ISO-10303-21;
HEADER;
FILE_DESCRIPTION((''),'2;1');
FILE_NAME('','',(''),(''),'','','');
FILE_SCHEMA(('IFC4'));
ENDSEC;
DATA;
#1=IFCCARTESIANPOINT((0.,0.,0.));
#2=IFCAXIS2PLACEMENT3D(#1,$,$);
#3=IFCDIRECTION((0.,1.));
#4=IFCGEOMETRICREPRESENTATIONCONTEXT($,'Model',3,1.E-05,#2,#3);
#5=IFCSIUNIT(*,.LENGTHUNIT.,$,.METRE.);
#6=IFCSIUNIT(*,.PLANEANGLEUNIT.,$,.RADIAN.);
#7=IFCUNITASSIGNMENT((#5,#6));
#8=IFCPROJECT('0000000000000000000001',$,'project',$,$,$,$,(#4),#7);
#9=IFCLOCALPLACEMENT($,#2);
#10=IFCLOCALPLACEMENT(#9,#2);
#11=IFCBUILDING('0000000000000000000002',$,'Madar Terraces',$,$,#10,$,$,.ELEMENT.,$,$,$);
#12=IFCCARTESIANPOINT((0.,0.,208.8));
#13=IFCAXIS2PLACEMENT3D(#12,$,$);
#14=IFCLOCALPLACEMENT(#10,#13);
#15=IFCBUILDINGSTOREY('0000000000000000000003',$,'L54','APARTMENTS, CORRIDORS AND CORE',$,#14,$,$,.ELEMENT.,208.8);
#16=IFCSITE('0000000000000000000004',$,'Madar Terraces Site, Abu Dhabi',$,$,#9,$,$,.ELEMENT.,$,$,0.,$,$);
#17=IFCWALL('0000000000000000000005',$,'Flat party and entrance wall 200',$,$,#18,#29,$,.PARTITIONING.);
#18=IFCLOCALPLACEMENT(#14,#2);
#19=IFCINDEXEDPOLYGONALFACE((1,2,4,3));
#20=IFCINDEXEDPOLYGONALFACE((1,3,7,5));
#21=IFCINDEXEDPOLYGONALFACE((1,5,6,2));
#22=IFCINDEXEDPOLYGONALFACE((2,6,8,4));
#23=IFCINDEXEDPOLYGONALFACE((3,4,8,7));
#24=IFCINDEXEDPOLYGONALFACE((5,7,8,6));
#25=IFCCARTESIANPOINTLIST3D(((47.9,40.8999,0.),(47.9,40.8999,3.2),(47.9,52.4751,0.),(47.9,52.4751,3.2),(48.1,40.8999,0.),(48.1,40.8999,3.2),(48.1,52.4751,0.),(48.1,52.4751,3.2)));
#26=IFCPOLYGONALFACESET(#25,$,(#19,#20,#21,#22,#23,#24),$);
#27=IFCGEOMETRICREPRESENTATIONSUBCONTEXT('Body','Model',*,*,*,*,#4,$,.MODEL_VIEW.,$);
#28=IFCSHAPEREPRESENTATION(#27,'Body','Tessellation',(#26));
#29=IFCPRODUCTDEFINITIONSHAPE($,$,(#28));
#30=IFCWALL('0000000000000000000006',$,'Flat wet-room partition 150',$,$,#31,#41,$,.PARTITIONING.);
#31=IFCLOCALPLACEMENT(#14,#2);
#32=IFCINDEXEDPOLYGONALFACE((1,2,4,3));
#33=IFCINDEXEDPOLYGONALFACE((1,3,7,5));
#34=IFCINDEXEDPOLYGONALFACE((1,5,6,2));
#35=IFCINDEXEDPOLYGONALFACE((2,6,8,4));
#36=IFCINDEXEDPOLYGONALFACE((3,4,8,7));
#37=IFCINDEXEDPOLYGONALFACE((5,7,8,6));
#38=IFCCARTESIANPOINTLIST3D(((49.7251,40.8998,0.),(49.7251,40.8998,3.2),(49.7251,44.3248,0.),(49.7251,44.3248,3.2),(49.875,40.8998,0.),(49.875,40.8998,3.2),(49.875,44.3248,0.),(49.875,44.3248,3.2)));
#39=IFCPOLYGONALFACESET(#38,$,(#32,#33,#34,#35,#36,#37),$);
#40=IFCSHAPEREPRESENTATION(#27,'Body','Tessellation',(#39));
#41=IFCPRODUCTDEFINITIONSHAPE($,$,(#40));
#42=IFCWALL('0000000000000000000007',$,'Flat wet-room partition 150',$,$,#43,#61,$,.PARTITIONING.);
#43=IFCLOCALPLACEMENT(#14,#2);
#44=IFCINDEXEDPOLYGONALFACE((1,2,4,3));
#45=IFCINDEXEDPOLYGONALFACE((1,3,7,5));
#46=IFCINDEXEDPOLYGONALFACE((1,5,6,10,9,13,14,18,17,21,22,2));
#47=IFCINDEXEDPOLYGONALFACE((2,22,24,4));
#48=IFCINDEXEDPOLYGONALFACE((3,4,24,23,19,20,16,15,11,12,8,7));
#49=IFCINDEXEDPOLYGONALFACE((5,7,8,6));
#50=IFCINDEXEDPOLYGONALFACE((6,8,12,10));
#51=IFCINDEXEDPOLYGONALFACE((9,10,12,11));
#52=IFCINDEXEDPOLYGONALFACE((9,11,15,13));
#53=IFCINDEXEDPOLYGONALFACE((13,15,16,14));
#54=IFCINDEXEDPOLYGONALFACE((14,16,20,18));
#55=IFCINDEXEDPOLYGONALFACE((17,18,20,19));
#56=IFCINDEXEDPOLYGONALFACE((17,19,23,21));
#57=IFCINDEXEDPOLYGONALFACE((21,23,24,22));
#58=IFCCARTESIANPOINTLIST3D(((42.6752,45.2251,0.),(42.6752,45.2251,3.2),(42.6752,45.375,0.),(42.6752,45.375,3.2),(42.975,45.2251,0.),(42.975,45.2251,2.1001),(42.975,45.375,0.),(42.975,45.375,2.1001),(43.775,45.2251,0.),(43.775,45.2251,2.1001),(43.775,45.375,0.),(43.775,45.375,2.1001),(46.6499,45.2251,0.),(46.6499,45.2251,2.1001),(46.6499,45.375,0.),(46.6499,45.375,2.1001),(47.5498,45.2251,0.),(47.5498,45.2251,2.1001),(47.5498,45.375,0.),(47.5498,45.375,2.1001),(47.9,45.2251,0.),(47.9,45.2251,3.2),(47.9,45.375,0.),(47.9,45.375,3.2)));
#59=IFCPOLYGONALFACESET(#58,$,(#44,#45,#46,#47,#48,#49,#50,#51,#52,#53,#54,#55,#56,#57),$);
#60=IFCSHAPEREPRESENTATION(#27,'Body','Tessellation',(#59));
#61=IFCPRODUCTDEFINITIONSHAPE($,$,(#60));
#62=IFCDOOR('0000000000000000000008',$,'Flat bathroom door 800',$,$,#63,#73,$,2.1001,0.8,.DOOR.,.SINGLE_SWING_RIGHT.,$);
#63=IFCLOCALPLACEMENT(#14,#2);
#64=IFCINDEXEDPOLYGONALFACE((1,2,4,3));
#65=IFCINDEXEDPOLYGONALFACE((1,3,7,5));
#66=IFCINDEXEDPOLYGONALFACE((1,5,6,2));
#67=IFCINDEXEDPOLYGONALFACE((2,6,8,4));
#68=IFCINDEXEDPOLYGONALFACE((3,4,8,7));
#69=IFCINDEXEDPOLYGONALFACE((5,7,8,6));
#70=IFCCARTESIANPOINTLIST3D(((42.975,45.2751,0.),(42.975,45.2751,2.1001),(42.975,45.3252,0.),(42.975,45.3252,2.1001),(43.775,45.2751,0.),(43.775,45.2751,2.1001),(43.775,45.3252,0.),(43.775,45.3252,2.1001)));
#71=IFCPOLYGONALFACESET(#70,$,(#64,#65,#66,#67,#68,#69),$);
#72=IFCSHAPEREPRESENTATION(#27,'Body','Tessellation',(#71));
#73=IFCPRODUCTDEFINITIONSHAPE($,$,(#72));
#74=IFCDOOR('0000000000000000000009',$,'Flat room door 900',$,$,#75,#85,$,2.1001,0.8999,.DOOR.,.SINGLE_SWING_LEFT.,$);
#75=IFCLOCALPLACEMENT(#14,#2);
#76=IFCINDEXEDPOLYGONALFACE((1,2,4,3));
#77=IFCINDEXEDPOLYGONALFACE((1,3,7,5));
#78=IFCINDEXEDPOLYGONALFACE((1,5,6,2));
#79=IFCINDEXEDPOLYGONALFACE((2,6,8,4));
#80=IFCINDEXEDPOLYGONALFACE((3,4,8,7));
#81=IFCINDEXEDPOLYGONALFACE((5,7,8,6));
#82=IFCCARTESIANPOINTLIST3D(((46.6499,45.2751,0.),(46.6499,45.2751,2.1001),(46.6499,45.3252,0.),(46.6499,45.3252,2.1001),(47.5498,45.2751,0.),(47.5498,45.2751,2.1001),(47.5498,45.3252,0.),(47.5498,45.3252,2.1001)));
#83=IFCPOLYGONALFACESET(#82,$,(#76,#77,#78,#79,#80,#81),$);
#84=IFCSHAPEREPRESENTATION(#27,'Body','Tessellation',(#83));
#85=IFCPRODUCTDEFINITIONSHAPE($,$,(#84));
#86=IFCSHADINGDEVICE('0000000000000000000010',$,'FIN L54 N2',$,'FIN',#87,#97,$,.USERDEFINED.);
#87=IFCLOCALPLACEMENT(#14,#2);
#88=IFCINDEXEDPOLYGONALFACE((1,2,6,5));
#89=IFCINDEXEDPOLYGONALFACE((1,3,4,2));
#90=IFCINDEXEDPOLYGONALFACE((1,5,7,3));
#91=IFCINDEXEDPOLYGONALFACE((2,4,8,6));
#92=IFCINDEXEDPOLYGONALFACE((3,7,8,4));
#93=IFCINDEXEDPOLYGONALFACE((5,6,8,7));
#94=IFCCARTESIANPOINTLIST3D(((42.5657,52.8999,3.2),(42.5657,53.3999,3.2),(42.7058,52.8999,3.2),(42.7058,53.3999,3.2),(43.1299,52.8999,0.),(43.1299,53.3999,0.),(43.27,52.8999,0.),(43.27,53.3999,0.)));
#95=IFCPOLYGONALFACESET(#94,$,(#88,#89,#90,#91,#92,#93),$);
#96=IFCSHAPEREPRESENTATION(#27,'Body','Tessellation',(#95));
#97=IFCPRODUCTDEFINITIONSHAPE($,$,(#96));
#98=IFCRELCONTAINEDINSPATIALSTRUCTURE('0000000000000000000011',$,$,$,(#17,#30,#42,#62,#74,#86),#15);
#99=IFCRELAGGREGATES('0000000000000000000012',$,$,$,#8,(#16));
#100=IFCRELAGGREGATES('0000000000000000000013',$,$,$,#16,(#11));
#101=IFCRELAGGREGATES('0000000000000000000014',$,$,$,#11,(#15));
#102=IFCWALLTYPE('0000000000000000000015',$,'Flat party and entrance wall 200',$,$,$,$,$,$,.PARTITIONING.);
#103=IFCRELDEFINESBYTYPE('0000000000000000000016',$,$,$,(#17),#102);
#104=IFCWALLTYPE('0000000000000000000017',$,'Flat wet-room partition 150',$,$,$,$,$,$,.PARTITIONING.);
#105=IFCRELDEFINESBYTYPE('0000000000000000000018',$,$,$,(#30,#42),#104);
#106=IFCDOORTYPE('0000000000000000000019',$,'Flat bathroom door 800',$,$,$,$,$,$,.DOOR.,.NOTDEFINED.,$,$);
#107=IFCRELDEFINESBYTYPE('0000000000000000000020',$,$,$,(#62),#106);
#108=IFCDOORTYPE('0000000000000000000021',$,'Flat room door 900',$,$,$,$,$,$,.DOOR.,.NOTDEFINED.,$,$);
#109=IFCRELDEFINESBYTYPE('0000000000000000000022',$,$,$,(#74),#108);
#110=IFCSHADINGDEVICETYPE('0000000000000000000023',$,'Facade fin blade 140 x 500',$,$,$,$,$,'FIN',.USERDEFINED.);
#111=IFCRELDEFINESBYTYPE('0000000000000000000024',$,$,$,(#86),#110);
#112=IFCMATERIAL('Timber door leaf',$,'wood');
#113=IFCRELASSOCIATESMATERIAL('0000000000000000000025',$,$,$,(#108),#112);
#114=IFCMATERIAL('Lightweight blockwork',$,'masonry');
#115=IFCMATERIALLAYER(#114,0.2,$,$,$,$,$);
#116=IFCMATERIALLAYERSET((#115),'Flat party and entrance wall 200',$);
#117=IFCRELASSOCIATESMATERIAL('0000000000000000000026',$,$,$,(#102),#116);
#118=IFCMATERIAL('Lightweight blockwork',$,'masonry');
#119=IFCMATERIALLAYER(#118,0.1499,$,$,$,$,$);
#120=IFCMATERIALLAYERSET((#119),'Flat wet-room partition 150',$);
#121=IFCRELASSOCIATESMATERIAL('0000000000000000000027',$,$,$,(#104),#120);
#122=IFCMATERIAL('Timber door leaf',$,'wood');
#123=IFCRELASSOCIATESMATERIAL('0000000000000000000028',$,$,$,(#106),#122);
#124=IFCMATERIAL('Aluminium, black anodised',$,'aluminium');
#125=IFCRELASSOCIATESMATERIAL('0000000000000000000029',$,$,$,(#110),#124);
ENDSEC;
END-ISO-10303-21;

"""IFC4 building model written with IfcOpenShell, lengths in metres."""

from ifc_helpers import new_model, si_unit, direction, frame, frame_2d, origin, place, context, subcontext, project, spatial, polyline, rectangle, outline, extrude, material, layer, layer_set, type_object, element, fill, save


model = new_model("IFC4")

# Units and contexts
model_context = context("Model", 3, precision=1e-05, world=origin(), true_north=direction((0.0, 1.0)))
body_context = subcontext(model_context, "Body", "Model", "MODEL_VIEW")
ifc_project = project(units=[si_unit("LENGTHUNIT", "METRE"), si_unit("PLANEANGLEUNIT", "RADIAN")], contexts=[model_context])

# Site, building, storey
site_placement = place(None, origin())
site = spatial("IfcSite", under=ifc_project, at=site_placement, Name="Madar Terraces Site, Abu Dhabi", CompositionType="ELEMENT", RefElevation=0.0)
building_placement = place(site_placement, origin())
building = spatial("IfcBuilding", under=site, at=building_placement, Name="Madar Terraces", CompositionType="ELEMENT")
storey_placement = place(building_placement, frame((0.0, 0.0, 208.8)))
storey = spatial("IfcBuildingStorey", under=building, at=storey_placement, Name="L54", Description="APARTMENTS, CORRIDORS AND CORE", CompositionType="ELEMENT", Elevation=208.8)

# Shared definitions
ifc_material_1 = material(Name="Timber door leaf", Category="wood")
door_type_1 = type_object("IfcDoorType", Name="Flat room door 900", OperationType="NOTDEFINED", PredefinedType="DOOR", material=ifc_material_1)

# Walls
ifc_material_2 = material(Name="Lightweight blockwork", Category="masonry")
ifc_layer_1 = layer(ifc_material_2, 0.2)
ifc_layer_set_1 = layer_set([ifc_layer_1], Name="Flat party and entrance wall 200")
wall_type_1 = type_object("IfcWallType", Name="Flat party and entrance wall 200", PredefinedType="PARTITIONING", material=ifc_layer_set_1)
wall_1_placement = place(storey_placement, frame((48.0, 52.4751, 0.0), z_axis=(0.0, 0.0, 1.0), x_axis=(0.0, -1.0, 0.0)))
element("IfcWall", 1, at=wall_1_placement, inside=storey, type_object=wall_type_1, Name="Flat party and entrance wall 200", PredefinedType="PARTITIONING", context=body_context, shape_type="SweptSolid", body=[
    extrude(rectangle(XDim=11.5752, YDim=0.2, at=frame_2d((5.7876, 0.0))), origin(), (0.0, 0.0, 1.0), 3.2),
])
ifc_material_3 = material(Name="Lightweight blockwork", Category="masonry")
ifc_layer_2 = layer(ifc_material_3, 0.1499)
ifc_layer_set_2 = layer_set([ifc_layer_2], Name="Flat wet-room partition 150")
wall_type_2 = type_object("IfcWallType", Name="Flat wet-room partition 150", PredefinedType="PARTITIONING", material=ifc_layer_set_2)
wall_2_placement = place(storey_placement, frame((49.8, 40.8999, 0.0), z_axis=(0.0, 0.0, 1.0), x_axis=(0.0, 1.0, 0.0)))
element("IfcWall", 2, at=wall_2_placement, inside=storey, type_object=wall_type_2, Name="Flat wet-room partition 150", PredefinedType="PARTITIONING", context=body_context, shape_type="SweptSolid", body=[
    extrude(rectangle(XDim=3.425, YDim=0.1499, at=frame_2d((1.7124, 0.0))), origin(), (0.0, 0.0, 1.0), 3.2),
])

# Wall, openings, doors
wall_3_placement = place(storey_placement, frame((47.8999, 45.3, 0.0), z_axis=(0.0, 0.0, 1.0), x_axis=(-1.0, 0.0, 0.0)))
wall_3 = element("IfcWall", 3, at=wall_3_placement, inside=storey, type_object=wall_type_2, Name="Flat wet-room partition 150", PredefinedType="PARTITIONING", context=body_context, shape_type="SweptSolid", body=[
    extrude(rectangle(XDim=5.2249, YDim=0.1499, at=frame_2d((2.6123, 0.0))), origin(), (0.0, 0.0, 1.0), 3.2),
])
opening_1_placement = place(wall_3_placement, frame((4.125, 0.0, 0.0)))
opening_1 = element("IfcOpeningElement", 4, at=opening_1_placement, cuts=wall_3, PredefinedType="OPENING", context=body_context, shape_type="SweptSolid", body=[
    extrude(rectangle(XDim=0.8, YDim=2.1001, at=frame_2d((0.3999, 1.05))), frame((0.0, 0.085, 0.0), z_axis=(0.0, -1.0, 0.0), x_axis=(1.0, 0.0, 0.0)), (0.0, 0.0, 1.0), 0.1699),
])
opening_2_placement = place(wall_3_placement, frame((0.3501, 0.0, 0.0)))
opening_2 = element("IfcOpeningElement", 5, at=opening_2_placement, cuts=wall_3, PredefinedType="OPENING", context=body_context, shape_type="SweptSolid", body=[
    extrude(rectangle(XDim=0.8999, YDim=2.1001, at=frame_2d((0.45, 1.05))), frame((0.0, 0.085, 0.0), z_axis=(0.0, -1.0, 0.0), x_axis=(1.0, 0.0, 0.0)), (0.0, 0.0, 1.0), 0.1699),
])
ifc_material_4 = material(Name="Timber door leaf", Category="wood")
door_type_2 = type_object("IfcDoorType", Name="Flat bathroom door 800", OperationType="NOTDEFINED", PredefinedType="DOOR", material=ifc_material_4)
door_1_placement = place(opening_1_placement, origin())
door_1 = element("IfcDoor", 6, at=door_1_placement, inside=storey, type_object=door_type_2, Name="Flat bathroom door 800", OperationType="SINGLE_SWING_RIGHT", OverallHeight=2.1001, OverallWidth=0.8, PredefinedType="DOOR", context=body_context, shape_type="SweptSolid", body=[
    extrude(rectangle(XDim=0.8, YDim=2.1001, at=frame_2d((0.3999, 1.05))), frame((0.0, 0.0249, 0.0), z_axis=(0.0, -1.0, 0.0), x_axis=(1.0, 0.0, 0.0)), (0.0, 0.0, 1.0), 0.05),
])
fill(opening_1, door_1)
door_2_placement = place(opening_2_placement, origin())
door_2 = element("IfcDoor", 7, at=door_2_placement, inside=storey, type_object=door_type_1, Name="Flat room door 900", OperationType="SINGLE_SWING_LEFT", OverallHeight=2.1001, OverallWidth=0.8999, PredefinedType="DOOR", context=body_context, shape_type="SweptSolid", body=[
    extrude(rectangle(XDim=0.8999, YDim=2.1001, at=frame_2d((0.45, 1.05))), frame((0.0, 0.0249, 0.0), z_axis=(0.0, -1.0, 0.0), x_axis=(1.0, 0.0, 0.0)), (0.0, 0.0, 1.0), 0.05),
])
fill(opening_2, door_2)

# Shading device
ifc_material_5 = material(Name="Aluminium, black anodised", Category="aluminium")
shading_device_type = type_object("IfcShadingDeviceType", Name="Facade fin blade 140 x 500", ElementType="FIN", PredefinedType="USERDEFINED", material=ifc_material_5)
shading_device_placement = place(storey_placement, frame((43.27, 53.1499, 0.0), z_axis=(0.0, 0.0, 1.0), x_axis=(-1.0, 0.0, 0.0)))
element("IfcShadingDevice", 8, at=shading_device_placement, inside=storey, type_object=shading_device_type, Name="FIN L54 N2", ObjectType="FIN", PredefinedType="USERDEFINED", context=body_context, shape_type="SweptSolid", body=[
    extrude(outline(polyline([(0.0, 0.0), (0.1401, 0.0), (0.7043, 3.2), (0.5642, 3.2), (0.0, 0.0)])), frame((0.0, 0.25, 0.0), z_axis=(0.0, -1.0, 0.0), x_axis=(1.0, 0.0, 0.0)), (0.0, 0.0, 1.0), 0.5),
])

save(model, "model.ifc")
